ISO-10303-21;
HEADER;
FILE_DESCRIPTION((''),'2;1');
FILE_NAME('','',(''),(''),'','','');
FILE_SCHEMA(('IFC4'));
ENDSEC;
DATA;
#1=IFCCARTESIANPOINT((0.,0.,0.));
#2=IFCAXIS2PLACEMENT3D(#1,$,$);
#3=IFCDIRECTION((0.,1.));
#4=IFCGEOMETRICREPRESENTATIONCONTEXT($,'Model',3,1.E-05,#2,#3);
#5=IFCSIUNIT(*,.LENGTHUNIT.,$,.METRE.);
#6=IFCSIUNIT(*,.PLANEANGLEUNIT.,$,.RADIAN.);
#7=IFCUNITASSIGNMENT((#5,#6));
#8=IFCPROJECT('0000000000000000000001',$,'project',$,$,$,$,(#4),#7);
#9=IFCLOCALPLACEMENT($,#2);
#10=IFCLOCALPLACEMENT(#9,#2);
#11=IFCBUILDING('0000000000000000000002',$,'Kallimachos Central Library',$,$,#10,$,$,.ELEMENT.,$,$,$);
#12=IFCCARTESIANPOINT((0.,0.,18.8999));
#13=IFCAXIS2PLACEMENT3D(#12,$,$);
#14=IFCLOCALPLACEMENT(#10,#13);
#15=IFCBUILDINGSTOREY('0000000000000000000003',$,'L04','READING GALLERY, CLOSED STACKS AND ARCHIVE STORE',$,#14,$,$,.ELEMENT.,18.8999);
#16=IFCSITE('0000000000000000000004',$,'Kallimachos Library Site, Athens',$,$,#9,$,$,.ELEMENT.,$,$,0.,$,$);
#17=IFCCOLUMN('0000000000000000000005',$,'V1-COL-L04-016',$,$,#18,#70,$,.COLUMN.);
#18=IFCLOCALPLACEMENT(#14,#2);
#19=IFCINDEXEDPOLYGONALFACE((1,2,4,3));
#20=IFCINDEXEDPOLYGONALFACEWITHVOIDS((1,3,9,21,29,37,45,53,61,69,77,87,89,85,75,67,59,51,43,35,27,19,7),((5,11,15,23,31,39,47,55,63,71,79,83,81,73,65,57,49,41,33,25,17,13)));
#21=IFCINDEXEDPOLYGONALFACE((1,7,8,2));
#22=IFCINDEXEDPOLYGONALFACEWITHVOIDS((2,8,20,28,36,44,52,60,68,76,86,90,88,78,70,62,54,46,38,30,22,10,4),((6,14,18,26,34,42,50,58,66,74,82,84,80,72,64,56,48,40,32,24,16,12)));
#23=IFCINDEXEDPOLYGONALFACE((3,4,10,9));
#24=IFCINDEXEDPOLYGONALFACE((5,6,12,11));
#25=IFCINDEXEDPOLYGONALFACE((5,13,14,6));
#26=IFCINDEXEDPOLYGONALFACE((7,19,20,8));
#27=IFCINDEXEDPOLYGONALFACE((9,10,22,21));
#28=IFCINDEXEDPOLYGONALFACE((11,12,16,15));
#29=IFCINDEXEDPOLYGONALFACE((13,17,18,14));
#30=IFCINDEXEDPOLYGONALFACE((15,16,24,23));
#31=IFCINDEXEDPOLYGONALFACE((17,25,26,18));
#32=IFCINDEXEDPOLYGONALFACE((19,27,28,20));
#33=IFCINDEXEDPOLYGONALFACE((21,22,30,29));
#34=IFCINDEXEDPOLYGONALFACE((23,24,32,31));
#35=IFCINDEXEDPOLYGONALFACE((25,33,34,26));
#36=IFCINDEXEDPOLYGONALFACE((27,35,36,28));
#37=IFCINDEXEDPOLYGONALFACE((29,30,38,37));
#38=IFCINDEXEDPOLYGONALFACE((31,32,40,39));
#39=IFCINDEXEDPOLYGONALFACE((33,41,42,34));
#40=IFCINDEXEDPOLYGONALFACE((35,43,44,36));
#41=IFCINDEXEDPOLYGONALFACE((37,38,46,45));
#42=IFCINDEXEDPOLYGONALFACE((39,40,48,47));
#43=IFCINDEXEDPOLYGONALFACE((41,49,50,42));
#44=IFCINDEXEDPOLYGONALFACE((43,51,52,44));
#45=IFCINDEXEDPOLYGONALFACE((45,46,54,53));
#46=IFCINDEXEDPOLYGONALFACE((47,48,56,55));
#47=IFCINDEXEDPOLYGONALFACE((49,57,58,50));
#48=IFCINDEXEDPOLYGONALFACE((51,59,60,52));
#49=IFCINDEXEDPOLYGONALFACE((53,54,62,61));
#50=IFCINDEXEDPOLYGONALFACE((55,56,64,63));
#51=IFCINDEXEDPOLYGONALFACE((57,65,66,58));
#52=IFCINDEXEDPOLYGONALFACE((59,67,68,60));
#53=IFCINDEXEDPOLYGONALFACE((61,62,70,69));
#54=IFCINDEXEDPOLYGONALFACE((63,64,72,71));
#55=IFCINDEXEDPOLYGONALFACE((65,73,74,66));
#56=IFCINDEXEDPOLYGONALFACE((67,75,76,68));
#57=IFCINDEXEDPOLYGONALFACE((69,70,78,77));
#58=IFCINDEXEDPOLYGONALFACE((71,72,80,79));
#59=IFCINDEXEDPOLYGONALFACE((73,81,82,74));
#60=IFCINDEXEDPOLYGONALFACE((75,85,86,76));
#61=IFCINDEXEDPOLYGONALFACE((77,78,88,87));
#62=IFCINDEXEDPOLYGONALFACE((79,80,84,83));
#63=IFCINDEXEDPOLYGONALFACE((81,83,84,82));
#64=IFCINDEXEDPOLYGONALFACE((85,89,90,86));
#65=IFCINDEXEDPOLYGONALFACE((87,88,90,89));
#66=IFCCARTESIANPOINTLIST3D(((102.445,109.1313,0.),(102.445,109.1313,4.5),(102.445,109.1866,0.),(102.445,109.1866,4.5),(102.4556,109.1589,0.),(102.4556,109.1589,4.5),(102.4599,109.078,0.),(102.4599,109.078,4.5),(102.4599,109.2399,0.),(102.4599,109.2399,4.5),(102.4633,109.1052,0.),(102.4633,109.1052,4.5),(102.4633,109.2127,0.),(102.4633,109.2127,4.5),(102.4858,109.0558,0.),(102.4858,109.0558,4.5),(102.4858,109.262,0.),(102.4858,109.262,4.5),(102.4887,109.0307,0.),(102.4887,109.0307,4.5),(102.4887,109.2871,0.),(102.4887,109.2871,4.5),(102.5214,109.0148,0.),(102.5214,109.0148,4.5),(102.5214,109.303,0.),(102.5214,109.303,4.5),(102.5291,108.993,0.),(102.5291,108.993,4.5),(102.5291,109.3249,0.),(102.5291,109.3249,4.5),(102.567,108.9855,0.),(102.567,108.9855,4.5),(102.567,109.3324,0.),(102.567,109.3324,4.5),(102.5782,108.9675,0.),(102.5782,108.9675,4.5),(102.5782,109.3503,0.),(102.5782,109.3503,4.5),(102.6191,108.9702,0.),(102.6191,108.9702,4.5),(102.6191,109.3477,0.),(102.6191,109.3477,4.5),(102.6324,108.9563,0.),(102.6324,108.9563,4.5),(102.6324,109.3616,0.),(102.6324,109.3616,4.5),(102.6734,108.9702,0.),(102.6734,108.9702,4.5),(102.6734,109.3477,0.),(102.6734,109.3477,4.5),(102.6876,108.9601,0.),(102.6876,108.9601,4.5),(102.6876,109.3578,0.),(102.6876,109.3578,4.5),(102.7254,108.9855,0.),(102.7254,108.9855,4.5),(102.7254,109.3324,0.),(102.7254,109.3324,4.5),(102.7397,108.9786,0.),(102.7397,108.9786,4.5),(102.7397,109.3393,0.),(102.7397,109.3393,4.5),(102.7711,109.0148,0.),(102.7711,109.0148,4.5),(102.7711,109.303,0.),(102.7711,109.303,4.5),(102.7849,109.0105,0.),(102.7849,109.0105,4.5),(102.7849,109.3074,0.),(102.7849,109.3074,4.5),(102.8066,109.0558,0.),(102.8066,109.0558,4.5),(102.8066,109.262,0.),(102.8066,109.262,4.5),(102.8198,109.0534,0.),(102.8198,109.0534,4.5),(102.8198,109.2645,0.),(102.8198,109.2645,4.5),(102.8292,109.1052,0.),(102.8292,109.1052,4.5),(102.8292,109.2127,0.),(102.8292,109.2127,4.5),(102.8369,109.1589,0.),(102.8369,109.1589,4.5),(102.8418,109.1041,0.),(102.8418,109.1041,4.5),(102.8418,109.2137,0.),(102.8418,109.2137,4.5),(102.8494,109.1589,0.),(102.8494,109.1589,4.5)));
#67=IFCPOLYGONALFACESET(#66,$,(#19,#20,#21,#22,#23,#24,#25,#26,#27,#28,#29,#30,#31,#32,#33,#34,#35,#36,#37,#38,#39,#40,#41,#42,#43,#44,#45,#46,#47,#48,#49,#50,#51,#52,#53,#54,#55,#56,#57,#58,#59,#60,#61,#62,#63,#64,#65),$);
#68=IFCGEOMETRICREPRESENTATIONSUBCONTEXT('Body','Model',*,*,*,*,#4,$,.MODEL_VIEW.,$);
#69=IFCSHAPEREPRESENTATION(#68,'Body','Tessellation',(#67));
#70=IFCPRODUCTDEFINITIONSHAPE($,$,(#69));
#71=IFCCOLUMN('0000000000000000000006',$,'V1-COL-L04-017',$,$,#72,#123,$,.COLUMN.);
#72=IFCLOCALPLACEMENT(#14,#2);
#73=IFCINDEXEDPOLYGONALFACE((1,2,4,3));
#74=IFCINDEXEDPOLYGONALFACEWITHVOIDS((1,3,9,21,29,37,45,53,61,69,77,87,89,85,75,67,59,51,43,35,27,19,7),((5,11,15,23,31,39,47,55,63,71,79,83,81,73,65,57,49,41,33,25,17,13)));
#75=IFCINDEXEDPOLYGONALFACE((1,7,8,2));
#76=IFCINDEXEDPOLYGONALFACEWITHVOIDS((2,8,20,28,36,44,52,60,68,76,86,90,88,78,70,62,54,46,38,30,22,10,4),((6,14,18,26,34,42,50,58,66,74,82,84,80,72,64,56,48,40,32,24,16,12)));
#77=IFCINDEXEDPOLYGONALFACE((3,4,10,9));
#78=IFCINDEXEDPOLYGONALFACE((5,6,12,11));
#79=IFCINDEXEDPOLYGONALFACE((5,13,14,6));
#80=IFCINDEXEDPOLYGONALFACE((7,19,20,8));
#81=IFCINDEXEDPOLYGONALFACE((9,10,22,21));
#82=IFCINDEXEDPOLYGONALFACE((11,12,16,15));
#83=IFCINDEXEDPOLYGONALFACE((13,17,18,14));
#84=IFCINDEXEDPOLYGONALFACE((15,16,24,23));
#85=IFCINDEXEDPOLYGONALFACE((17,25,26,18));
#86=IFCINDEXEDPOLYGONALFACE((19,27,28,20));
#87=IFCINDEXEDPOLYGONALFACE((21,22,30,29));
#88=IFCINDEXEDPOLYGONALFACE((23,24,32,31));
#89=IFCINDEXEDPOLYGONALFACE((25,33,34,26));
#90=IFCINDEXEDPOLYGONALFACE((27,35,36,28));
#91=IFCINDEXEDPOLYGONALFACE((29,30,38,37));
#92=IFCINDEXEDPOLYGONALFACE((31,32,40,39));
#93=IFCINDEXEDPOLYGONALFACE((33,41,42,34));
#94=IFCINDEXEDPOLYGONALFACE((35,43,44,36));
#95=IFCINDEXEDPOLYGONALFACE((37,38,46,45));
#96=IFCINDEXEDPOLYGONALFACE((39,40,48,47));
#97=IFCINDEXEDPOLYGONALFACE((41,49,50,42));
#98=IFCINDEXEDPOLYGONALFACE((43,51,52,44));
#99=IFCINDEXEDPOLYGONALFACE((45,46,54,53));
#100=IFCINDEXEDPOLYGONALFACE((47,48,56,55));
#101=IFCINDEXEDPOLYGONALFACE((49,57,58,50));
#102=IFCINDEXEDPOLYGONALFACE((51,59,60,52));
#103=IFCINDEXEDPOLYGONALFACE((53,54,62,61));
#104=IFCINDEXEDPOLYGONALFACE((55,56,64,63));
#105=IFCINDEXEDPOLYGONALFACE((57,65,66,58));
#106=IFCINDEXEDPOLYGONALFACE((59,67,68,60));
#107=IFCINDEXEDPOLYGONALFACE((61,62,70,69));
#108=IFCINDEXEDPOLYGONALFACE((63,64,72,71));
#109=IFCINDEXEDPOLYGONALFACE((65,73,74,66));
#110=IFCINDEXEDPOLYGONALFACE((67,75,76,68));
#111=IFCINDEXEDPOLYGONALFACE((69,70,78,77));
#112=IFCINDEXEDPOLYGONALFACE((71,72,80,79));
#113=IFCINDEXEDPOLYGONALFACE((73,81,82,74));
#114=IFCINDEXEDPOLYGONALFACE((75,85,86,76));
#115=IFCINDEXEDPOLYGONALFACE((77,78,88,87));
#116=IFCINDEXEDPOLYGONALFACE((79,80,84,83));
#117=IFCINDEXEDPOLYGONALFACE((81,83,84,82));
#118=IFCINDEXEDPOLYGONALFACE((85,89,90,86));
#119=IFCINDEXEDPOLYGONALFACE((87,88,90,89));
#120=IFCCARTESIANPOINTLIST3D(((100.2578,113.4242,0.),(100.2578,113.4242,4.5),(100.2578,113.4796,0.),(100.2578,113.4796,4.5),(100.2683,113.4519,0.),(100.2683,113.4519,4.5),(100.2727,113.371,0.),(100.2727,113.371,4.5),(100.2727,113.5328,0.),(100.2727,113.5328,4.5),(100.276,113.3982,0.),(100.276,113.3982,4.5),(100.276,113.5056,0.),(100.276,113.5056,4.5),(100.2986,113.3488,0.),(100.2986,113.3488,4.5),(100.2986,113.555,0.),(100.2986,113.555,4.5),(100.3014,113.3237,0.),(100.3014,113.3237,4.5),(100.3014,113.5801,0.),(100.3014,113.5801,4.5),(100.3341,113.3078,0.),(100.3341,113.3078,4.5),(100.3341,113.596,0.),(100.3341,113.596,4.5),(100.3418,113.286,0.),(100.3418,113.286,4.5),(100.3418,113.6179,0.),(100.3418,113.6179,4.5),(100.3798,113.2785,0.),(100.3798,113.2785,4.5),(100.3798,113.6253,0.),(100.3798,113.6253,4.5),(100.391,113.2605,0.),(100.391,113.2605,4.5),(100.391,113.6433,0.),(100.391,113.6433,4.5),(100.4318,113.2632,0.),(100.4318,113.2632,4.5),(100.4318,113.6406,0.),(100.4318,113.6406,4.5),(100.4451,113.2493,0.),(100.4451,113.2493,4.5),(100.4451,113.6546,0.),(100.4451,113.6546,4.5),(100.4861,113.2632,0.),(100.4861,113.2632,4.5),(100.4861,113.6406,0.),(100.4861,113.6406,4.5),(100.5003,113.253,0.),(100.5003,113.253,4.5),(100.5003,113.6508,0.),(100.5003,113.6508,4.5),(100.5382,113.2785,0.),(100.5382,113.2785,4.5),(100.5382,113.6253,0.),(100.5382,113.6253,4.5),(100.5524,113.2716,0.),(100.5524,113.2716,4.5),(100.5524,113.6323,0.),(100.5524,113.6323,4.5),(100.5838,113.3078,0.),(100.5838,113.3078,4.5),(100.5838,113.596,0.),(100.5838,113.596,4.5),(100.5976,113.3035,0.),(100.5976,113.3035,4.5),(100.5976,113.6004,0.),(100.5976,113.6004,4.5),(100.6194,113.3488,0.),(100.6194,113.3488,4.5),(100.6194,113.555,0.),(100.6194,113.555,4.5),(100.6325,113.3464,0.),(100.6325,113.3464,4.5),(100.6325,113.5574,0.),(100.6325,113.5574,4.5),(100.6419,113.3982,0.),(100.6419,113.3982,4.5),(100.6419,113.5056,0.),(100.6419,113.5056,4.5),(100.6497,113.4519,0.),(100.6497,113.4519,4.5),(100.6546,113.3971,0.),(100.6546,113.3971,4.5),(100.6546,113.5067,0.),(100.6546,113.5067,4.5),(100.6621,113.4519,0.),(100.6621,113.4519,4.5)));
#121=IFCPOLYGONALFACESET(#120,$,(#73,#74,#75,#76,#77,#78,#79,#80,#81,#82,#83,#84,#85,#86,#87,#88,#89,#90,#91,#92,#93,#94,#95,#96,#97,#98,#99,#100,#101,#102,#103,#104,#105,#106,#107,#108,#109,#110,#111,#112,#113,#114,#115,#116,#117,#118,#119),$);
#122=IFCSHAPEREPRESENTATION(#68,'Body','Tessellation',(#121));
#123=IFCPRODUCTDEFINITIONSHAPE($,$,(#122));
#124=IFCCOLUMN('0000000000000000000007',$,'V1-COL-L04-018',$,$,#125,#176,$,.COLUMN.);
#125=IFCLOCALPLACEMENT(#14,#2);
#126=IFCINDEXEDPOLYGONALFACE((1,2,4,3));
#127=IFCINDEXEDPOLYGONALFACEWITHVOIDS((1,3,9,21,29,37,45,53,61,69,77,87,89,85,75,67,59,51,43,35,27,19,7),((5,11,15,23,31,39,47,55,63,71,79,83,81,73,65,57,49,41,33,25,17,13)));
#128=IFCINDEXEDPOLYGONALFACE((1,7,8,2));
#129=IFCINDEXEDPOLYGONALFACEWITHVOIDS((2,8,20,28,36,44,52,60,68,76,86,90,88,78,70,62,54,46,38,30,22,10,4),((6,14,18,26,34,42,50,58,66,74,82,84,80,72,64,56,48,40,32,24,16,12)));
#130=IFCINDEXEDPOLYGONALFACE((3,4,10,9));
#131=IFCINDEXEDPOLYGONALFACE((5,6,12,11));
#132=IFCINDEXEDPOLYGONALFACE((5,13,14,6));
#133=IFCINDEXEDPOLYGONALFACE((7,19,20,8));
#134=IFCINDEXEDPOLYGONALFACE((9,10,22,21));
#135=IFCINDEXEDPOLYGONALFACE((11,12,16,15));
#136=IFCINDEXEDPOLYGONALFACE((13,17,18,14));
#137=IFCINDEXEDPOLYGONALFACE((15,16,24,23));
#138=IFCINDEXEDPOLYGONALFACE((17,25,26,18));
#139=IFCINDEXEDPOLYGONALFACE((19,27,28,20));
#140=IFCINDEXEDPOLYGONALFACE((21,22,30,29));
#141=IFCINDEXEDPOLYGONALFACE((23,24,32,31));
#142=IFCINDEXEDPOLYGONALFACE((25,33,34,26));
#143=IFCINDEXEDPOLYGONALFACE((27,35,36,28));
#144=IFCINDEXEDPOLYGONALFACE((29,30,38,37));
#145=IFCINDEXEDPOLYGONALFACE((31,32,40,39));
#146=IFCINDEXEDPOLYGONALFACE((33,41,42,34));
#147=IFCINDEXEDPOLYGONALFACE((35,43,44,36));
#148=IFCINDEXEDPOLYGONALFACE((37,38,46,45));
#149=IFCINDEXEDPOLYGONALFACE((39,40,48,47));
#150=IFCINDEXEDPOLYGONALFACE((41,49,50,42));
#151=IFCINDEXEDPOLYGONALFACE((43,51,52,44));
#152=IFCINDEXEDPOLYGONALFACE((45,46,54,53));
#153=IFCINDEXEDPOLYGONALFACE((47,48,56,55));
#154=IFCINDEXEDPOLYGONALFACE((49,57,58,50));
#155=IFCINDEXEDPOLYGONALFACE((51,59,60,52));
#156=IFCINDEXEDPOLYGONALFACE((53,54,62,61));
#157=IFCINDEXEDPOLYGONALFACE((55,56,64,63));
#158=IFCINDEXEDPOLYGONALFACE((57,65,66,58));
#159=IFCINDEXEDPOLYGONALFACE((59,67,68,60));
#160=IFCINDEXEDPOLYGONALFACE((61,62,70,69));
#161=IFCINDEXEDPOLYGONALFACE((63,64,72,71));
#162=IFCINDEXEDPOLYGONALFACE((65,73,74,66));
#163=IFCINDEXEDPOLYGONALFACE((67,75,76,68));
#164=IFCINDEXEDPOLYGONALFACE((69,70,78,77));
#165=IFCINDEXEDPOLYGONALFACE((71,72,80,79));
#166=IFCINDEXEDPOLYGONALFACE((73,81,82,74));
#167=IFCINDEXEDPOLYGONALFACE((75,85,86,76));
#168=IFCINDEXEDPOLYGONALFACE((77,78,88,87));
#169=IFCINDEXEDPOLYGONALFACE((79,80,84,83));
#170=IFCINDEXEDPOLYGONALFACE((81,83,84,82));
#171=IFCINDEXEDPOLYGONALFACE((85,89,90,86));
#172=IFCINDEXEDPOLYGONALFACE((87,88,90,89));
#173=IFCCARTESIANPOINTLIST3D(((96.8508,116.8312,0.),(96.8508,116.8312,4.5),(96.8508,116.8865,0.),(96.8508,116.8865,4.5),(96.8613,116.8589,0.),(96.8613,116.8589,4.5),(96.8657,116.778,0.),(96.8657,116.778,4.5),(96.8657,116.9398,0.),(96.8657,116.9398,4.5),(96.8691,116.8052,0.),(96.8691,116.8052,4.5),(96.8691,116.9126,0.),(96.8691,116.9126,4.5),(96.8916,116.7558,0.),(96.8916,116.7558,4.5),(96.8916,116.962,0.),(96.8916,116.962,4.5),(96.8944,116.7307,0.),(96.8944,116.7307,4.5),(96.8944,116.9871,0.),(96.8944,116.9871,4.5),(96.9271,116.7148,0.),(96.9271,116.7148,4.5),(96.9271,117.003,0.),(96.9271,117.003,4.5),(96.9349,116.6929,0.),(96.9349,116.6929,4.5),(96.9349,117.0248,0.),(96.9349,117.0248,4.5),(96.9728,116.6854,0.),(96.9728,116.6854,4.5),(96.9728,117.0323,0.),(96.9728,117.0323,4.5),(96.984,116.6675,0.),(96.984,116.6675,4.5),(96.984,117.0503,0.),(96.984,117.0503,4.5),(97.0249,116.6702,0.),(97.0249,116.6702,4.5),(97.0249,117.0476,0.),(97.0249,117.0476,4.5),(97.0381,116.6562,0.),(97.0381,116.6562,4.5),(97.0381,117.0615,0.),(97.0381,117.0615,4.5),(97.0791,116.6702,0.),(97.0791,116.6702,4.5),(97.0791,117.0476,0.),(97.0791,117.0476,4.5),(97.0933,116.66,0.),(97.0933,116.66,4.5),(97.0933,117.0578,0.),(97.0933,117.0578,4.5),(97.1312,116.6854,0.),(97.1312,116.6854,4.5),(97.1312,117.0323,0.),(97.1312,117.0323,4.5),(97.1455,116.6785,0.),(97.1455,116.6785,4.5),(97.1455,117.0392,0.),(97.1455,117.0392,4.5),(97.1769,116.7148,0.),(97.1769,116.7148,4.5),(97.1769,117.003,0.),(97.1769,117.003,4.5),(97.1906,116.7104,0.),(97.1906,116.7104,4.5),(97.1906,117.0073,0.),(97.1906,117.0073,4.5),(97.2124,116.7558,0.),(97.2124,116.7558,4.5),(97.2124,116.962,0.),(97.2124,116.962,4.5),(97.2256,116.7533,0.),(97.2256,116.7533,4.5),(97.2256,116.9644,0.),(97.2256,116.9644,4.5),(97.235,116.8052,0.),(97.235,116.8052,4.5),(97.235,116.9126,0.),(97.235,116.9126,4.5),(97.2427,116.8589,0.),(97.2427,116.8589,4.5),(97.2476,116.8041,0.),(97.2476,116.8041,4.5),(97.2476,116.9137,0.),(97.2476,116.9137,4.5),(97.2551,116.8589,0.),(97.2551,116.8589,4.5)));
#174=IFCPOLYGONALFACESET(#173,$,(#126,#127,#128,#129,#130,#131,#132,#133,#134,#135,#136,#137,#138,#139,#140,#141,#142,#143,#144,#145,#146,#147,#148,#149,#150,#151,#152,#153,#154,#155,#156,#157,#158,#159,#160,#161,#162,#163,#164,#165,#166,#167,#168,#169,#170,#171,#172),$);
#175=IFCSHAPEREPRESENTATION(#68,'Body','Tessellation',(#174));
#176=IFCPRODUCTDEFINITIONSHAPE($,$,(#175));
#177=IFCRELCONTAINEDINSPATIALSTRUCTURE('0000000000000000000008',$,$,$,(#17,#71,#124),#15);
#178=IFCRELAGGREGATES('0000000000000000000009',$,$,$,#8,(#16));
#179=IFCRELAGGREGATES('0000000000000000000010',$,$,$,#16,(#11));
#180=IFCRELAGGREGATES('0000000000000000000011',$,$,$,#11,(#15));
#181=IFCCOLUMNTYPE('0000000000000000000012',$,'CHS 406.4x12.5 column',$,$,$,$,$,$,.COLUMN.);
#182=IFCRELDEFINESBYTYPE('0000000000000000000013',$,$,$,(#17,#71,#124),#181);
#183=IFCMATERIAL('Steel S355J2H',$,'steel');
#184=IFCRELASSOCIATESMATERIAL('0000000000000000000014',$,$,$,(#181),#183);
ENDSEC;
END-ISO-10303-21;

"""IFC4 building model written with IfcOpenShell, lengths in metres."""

from ifc_helpers import new_model, si_unit, direction, frame, origin, origin_2d, place, context, subcontext, project, spatial, hollow_circle, extrude, material, material_profile, profile_set, type_object, element, save


model = new_model("IFC4")

# Units and contexts
model_context = context("Model", 3, precision=1e-05, world=origin(), true_north=direction((0.0, 1.0)))
body_context = subcontext(model_context, "Body", "Model", "MODEL_VIEW")
ifc_project = project(units=[si_unit("LENGTHUNIT", "METRE"), si_unit("PLANEANGLEUNIT", "RADIAN")], contexts=[model_context])

# Site, building, storey
site_placement = place(None, origin())
site = spatial("IfcSite", under=ifc_project, at=site_placement, Name="Kallimachos Library Site, Athens", CompositionType="ELEMENT", RefElevation=0.0)
building_placement = place(site_placement, origin())
building = spatial("IfcBuilding", under=site, at=building_placement, Name="Kallimachos Central Library", CompositionType="ELEMENT")
storey_placement = place(building_placement, frame((0.0, 0.0, 18.8999)))
storey = spatial("IfcBuildingStorey", under=building, at=storey_placement, Name="L04", Description="READING GALLERY, CLOSED STACKS AND ARCHIVE STORE", CompositionType="ELEMENT", Elevation=18.8999)

# Columns
ifc_material_1 = material(Name="Steel S355J2H", Category="steel")
ifc_material_profile_1 = material_profile(ifc_material_1, hollow_circle(Radius=0.2031, WallThickness=0.0125, at=origin_2d()), Name="CHS 406.4x12.5")
ifc_profile_set_1 = profile_set([ifc_material_profile_1], Name="Steel S355J2H")
column_type_1 = type_object("IfcColumnType", Name="CHS 406.4x12.5 column", PredefinedType="COLUMN", material=ifc_profile_set_1)
for number, where, z_axis, x_axis, name in (
    (1, (102.6462, 109.1589, 0.0), (0.0, 0.0, 1.0), (1.0, 0.0, 0.0), "V1-COL-L04-016"),
    (2, (100.459, 113.4519, 0.0), (0.0, 0.0, 1.0), (1.0, 0.0, 0.0), "V1-COL-L04-017"),
    (3, (97.052, 116.8589, 0.0), (0.0, 0.0, 1.0), (1.0, 0.0, 0.0), "V1-COL-L04-018"),
):
    element("IfcColumn", number, at=place(storey_placement, frame(where, z_axis=z_axis, x_axis=x_axis)), inside=storey, type_object=column_type_1, Name=name, PredefinedType="COLUMN", context=body_context, shape_type="SweptSolid", body=[
        extrude(hollow_circle(Radius=0.2031, WallThickness=0.0125, at=origin_2d()), origin(), (0.0, 0.0, 1.0), 4.5),
    ])

save(model, "model.ifc")
